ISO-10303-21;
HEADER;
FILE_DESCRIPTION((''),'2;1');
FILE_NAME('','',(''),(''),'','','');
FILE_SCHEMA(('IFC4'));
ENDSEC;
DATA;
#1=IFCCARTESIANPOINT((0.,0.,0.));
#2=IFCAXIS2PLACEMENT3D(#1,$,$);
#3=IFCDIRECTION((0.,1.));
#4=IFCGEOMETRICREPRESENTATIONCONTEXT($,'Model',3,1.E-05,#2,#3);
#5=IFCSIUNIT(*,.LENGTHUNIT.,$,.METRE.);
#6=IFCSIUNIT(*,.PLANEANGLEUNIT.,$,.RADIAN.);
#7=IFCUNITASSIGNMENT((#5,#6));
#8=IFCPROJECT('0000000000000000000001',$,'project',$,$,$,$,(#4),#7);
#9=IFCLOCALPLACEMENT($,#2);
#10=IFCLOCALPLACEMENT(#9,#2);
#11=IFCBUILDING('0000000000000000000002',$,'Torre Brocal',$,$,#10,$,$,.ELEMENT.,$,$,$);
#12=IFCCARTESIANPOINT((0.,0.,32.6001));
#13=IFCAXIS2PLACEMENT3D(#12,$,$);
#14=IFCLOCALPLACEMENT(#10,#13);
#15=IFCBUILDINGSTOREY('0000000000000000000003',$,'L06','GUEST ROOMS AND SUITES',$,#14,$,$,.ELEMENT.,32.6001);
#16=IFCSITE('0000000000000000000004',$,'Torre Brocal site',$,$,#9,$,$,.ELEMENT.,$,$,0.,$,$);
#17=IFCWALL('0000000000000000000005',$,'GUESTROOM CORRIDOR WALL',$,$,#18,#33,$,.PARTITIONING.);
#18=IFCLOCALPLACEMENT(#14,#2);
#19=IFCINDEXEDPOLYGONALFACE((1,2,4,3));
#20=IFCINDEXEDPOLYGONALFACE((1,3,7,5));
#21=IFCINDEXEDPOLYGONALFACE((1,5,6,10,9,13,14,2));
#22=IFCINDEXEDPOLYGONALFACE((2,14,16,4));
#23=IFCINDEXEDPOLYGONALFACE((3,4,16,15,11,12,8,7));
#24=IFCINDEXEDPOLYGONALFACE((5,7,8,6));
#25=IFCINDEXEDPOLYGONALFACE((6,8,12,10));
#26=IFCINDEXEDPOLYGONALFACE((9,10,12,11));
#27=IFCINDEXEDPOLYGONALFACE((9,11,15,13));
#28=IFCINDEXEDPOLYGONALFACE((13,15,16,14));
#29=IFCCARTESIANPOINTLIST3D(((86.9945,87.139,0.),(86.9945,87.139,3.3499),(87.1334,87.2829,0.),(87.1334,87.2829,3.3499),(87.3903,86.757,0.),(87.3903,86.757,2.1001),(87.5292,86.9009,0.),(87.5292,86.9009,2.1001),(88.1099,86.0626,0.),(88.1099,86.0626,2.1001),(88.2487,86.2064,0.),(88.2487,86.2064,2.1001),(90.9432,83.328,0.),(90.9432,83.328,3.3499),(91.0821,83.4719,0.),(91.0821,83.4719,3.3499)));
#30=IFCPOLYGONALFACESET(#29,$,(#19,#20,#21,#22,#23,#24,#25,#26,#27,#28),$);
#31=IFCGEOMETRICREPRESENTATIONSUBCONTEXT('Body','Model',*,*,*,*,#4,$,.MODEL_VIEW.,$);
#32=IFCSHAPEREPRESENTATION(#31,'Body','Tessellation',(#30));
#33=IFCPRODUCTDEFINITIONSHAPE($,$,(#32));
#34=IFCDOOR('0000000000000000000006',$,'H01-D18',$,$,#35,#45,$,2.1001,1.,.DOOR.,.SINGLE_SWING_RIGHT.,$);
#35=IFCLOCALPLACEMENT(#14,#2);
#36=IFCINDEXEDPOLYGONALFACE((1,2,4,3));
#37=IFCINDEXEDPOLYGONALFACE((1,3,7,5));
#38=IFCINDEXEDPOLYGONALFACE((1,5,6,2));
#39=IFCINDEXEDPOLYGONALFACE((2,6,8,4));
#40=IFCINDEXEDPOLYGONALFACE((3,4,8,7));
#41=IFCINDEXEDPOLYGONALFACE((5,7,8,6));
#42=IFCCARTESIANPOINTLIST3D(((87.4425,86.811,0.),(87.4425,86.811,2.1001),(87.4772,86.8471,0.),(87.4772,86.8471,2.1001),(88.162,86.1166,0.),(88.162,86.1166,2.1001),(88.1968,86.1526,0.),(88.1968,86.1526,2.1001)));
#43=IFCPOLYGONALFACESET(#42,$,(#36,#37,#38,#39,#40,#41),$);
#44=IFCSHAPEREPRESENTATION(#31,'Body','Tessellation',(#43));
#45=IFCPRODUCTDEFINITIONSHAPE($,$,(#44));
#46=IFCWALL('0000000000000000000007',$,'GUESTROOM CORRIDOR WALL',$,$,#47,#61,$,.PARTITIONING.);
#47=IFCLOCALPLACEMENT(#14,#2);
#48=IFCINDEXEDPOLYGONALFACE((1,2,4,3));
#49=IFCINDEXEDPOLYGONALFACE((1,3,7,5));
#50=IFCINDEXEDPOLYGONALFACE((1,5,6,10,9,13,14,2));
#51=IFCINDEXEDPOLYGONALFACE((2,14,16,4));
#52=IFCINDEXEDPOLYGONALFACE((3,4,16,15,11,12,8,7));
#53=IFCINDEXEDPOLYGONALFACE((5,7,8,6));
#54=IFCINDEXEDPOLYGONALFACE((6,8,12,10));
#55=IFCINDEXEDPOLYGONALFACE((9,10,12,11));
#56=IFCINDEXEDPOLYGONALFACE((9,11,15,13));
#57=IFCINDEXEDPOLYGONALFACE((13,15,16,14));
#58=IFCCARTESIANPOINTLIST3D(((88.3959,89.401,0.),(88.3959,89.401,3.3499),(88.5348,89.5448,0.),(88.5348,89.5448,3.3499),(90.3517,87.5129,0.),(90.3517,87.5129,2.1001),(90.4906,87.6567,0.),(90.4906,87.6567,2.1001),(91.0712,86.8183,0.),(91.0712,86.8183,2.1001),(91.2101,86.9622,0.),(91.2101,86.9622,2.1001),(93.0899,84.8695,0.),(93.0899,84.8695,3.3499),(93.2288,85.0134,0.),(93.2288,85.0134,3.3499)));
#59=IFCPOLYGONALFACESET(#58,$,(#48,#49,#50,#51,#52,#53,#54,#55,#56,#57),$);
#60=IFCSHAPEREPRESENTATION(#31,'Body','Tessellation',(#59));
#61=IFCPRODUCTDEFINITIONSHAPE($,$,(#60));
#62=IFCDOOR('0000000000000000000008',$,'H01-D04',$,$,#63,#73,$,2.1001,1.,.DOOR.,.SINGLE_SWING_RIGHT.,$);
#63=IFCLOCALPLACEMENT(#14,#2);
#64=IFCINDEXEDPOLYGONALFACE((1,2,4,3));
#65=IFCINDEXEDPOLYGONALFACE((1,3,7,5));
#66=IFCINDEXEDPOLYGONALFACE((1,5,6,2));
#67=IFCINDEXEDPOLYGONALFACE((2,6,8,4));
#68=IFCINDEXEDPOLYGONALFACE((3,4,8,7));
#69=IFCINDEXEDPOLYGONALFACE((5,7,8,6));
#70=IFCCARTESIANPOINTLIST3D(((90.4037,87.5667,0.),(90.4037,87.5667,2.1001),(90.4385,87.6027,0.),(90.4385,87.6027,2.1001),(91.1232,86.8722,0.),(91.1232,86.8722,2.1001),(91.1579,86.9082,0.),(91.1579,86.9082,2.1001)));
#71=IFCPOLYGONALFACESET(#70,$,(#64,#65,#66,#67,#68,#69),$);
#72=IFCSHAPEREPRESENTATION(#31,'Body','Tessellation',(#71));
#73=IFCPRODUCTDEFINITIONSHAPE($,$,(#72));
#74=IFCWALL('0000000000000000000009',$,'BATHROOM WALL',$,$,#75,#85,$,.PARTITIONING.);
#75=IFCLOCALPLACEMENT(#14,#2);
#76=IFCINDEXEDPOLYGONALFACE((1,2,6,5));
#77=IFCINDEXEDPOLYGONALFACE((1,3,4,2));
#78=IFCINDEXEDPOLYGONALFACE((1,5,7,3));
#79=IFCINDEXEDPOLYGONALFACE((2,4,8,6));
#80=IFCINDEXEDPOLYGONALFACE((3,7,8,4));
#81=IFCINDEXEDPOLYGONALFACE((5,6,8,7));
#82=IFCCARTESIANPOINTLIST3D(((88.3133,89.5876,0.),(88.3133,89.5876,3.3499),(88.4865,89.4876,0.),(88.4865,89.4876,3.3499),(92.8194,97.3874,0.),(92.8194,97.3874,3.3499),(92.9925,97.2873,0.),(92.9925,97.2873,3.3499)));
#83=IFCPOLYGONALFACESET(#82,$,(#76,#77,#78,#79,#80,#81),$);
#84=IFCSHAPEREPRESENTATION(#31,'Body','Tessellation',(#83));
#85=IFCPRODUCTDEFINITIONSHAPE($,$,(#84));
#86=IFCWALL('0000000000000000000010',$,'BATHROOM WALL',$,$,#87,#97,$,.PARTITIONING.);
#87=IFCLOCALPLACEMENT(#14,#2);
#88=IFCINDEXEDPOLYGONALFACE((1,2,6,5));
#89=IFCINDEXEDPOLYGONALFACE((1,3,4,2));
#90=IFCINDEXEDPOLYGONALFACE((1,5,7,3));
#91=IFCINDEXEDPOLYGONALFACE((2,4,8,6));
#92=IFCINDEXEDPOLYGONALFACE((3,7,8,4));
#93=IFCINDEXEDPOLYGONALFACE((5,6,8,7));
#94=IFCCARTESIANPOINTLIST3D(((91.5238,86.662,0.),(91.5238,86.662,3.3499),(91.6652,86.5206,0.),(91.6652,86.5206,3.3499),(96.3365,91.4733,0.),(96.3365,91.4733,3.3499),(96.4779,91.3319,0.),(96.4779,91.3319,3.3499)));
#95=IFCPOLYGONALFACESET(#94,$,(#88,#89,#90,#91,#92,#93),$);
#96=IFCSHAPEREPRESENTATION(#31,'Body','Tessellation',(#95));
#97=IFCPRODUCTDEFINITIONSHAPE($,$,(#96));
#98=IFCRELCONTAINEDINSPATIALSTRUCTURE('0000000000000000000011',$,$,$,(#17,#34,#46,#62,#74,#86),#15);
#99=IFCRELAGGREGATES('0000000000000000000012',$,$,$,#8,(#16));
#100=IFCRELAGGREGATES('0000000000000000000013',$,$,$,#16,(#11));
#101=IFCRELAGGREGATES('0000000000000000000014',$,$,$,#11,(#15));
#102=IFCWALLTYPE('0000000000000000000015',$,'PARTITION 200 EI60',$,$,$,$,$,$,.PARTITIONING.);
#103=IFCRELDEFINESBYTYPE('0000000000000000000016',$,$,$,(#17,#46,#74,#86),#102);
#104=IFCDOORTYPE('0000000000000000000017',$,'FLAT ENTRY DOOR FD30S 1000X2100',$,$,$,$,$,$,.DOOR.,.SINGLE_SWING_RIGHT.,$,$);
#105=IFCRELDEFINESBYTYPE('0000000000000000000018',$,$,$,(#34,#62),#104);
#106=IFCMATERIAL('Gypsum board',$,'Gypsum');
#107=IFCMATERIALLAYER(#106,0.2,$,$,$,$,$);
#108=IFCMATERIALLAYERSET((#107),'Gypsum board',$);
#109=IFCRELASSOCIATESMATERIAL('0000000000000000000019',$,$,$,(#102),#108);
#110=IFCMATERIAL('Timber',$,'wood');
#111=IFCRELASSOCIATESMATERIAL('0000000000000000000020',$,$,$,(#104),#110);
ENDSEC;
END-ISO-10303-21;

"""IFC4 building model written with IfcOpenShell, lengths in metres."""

from ifc_helpers import new_model, si_unit, direction, frame, frame_2d, origin, place, context, subcontext, project, spatial, rectangle, extrude, material, layer, layer_set, type_object, element, fill, save


model = new_model("IFC4")

# Units and contexts
model_context = context("Model", 3, precision=1e-05, world=origin(), true_north=direction((0.0, 1.0)))
body_context = subcontext(model_context, "Body", "Model", "MODEL_VIEW")
ifc_project = project(units=[si_unit("LENGTHUNIT", "METRE"), si_unit("PLANEANGLEUNIT", "RADIAN")], contexts=[model_context])

# Site, building, storey
site_placement = place(None, origin())
site = spatial("IfcSite", under=ifc_project, at=site_placement, Name="Torre Brocal site", CompositionType="ELEMENT", RefElevation=0.0)
building_placement = place(site_placement, origin())
building = spatial("IfcBuilding", under=site, at=building_placement, Name="Torre Brocal", CompositionType="ELEMENT")
storey_placement = place(building_placement, frame((0.0, 0.0, 32.6001)))
storey = spatial("IfcBuildingStorey", under=building, at=storey_placement, Name="L06", Description="GUEST ROOMS AND SUITES", CompositionType="ELEMENT", Elevation=32.6001)

# Shared definitions
ifc_material_1 = material(Name="Gypsum board", Category="Gypsum")
ifc_layer_1 = layer(ifc_material_1, 0.2)
ifc_layer_set_1 = layer_set([ifc_layer_1], Name="Gypsum board")
wall_type_1 = type_object("IfcWallType", Name="PARTITION 200 EI60", PredefinedType="PARTITIONING", material=ifc_layer_set_1)

# Walls, openings, doors
ifc_material_2 = material(Name="Timber", Category="wood")
door_type_1 = type_object("IfcDoorType", Name="FLAT ENTRY DOOR FD30S 1000X2100", OperationType="SINGLE_SWING_RIGHT", PredefinedType="DOOR", material=ifc_material_2)
wall_1_placement = place(storey_placement, frame((87.064, 87.2109, 0.0), z_axis=(0.0, 0.0, 1.0), x_axis=(0.719541, -0.69445, 0.0)))
wall_1 = element("IfcWall", 1, at=wall_1_placement, inside=storey, type_object=wall_type_1, Name="GUESTROOM CORRIDOR WALL", PredefinedType="PARTITIONING", context=body_context, shape_type="SweptSolid", body=[
    extrude(rectangle(XDim=5.4878, YDim=0.2, at=frame_2d((2.7439, 0.0))), origin(), (0.0, 0.0, 1.0), 3.3499),
])
opening_1_placement = place(wall_1_placement, frame((0.55, 0.0, 0.0)))
opening_1 = element("IfcOpeningElement", 2, at=opening_1_placement, cuts=wall_1, PredefinedType="OPENING", context=body_context, shape_type="SweptSolid", body=[
    extrude(rectangle(XDim=1.0, YDim=2.1001, at=frame_2d((0.5, 1.05))), frame((0.0, 0.1099, 0.0), z_axis=(0.0, -1.0, 0.0), x_axis=(1.0, 0.0, 0.0)), (0.0, 0.0, 1.0), 0.22),
])
door_1_placement = place(opening_1_placement, frame((1.0, 0.0, 0.0), z_axis=(0.0, 0.0, 1.0), x_axis=(-1.0, 0.0, 0.0)))
door_1 = element("IfcDoor", 3, at=door_1_placement, inside=storey, type_object=door_type_1, Name="H01-D18", OperationType="SINGLE_SWING_RIGHT", OverallHeight=2.1001, OverallWidth=1.0, PredefinedType="DOOR", context=body_context, shape_type="SweptSolid", body=[
    extrude(rectangle(XDim=1.0, YDim=2.1001, at=frame_2d((0.5, 1.05))), frame((0.0, 0.0249, 0.0), z_axis=(0.0, -1.0, 0.0), x_axis=(1.0, 0.0, 0.0)), (0.0, 0.0, 1.0), 0.05),
])
fill(opening_1, door_1)
wall_2_placement = place(storey_placement, frame((88.4653, 89.4729, 0.0), z_axis=(0.0, 0.0, 1.0), x_axis=(0.719458, -0.694536, 0.0)))
wall_2 = element("IfcWall", 4, at=wall_2_placement, inside=storey, type_object=wall_type_1, Name="GUESTROOM CORRIDOR WALL", PredefinedType="PARTITIONING", context=body_context, shape_type="SweptSolid", body=[
    extrude(rectangle(XDim=6.5244, YDim=0.2, at=frame_2d((3.2622, 0.0))), origin(), (0.0, 0.0, 1.0), 3.3499),
])
opening_2_placement = place(wall_2_placement, frame((2.7185, 0.0, 0.0)))
opening_2 = element("IfcOpeningElement", 5, at=opening_2_placement, cuts=wall_2, PredefinedType="OPENING", context=body_context, shape_type="SweptSolid", body=[
    extrude(rectangle(XDim=1.0, YDim=2.1001, at=frame_2d((0.5, 1.05))), frame((0.0, 0.1099, 0.0), z_axis=(0.0, -1.0, 0.0), x_axis=(1.0, 0.0, 0.0)), (0.0, 0.0, 1.0), 0.22),
])
door_2_placement = place(opening_2_placement, origin())
door_2 = element("IfcDoor", 6, at=door_2_placement, inside=storey, type_object=door_type_1, Name="H01-D04", OperationType="SINGLE_SWING_RIGHT", OverallHeight=2.1001, OverallWidth=1.0, PredefinedType="DOOR", context=body_context, shape_type="SweptSolid", body=[
    extrude(rectangle(XDim=1.0, YDim=2.1001, at=frame_2d((0.5, 1.05))), frame((0.0, 0.0249, 0.0), z_axis=(0.0, -1.0, 0.0), x_axis=(1.0, 0.0, 0.0)), (0.0, 0.0, 1.0), 0.05),
])
fill(opening_2, door_2)

# Walls
wall_3_placement = place(storey_placement, frame((88.3999, 89.5376, 0.0), z_axis=(0.0, 0.0, 1.0), x_axis=(0.50024, 0.865887, 0.0)))
element("IfcWall", 7, at=wall_3_placement, inside=storey, type_object=wall_type_1, Name="BATHROOM WALL", PredefinedType="PARTITIONING", context=body_context, shape_type="SweptSolid", body=[
    extrude(rectangle(XDim=9.0078, YDim=0.2, at=frame_2d((4.5039, 0.0))), origin(), (0.0, 0.0, 1.0), 3.3499),
])
wall_4_placement = place(storey_placement, frame((91.5945, 86.5913, 0.0), z_axis=(0.0, 0.0, 1.0), x_axis=(0.707214, 0.706999, 0.0)))
element("IfcWall", 8, at=wall_4_placement, inside=storey, type_object=wall_type_1, Name="BATHROOM WALL", PredefinedType="PARTITIONING", context=body_context, shape_type="SweptSolid", body=[
    extrude(rectangle(XDim=6.8052, YDim=0.2, at=frame_2d((3.4026, 0.0))), origin(), (0.0, 0.0, 1.0), 3.3499),
])

save(model, "model.ifc")
